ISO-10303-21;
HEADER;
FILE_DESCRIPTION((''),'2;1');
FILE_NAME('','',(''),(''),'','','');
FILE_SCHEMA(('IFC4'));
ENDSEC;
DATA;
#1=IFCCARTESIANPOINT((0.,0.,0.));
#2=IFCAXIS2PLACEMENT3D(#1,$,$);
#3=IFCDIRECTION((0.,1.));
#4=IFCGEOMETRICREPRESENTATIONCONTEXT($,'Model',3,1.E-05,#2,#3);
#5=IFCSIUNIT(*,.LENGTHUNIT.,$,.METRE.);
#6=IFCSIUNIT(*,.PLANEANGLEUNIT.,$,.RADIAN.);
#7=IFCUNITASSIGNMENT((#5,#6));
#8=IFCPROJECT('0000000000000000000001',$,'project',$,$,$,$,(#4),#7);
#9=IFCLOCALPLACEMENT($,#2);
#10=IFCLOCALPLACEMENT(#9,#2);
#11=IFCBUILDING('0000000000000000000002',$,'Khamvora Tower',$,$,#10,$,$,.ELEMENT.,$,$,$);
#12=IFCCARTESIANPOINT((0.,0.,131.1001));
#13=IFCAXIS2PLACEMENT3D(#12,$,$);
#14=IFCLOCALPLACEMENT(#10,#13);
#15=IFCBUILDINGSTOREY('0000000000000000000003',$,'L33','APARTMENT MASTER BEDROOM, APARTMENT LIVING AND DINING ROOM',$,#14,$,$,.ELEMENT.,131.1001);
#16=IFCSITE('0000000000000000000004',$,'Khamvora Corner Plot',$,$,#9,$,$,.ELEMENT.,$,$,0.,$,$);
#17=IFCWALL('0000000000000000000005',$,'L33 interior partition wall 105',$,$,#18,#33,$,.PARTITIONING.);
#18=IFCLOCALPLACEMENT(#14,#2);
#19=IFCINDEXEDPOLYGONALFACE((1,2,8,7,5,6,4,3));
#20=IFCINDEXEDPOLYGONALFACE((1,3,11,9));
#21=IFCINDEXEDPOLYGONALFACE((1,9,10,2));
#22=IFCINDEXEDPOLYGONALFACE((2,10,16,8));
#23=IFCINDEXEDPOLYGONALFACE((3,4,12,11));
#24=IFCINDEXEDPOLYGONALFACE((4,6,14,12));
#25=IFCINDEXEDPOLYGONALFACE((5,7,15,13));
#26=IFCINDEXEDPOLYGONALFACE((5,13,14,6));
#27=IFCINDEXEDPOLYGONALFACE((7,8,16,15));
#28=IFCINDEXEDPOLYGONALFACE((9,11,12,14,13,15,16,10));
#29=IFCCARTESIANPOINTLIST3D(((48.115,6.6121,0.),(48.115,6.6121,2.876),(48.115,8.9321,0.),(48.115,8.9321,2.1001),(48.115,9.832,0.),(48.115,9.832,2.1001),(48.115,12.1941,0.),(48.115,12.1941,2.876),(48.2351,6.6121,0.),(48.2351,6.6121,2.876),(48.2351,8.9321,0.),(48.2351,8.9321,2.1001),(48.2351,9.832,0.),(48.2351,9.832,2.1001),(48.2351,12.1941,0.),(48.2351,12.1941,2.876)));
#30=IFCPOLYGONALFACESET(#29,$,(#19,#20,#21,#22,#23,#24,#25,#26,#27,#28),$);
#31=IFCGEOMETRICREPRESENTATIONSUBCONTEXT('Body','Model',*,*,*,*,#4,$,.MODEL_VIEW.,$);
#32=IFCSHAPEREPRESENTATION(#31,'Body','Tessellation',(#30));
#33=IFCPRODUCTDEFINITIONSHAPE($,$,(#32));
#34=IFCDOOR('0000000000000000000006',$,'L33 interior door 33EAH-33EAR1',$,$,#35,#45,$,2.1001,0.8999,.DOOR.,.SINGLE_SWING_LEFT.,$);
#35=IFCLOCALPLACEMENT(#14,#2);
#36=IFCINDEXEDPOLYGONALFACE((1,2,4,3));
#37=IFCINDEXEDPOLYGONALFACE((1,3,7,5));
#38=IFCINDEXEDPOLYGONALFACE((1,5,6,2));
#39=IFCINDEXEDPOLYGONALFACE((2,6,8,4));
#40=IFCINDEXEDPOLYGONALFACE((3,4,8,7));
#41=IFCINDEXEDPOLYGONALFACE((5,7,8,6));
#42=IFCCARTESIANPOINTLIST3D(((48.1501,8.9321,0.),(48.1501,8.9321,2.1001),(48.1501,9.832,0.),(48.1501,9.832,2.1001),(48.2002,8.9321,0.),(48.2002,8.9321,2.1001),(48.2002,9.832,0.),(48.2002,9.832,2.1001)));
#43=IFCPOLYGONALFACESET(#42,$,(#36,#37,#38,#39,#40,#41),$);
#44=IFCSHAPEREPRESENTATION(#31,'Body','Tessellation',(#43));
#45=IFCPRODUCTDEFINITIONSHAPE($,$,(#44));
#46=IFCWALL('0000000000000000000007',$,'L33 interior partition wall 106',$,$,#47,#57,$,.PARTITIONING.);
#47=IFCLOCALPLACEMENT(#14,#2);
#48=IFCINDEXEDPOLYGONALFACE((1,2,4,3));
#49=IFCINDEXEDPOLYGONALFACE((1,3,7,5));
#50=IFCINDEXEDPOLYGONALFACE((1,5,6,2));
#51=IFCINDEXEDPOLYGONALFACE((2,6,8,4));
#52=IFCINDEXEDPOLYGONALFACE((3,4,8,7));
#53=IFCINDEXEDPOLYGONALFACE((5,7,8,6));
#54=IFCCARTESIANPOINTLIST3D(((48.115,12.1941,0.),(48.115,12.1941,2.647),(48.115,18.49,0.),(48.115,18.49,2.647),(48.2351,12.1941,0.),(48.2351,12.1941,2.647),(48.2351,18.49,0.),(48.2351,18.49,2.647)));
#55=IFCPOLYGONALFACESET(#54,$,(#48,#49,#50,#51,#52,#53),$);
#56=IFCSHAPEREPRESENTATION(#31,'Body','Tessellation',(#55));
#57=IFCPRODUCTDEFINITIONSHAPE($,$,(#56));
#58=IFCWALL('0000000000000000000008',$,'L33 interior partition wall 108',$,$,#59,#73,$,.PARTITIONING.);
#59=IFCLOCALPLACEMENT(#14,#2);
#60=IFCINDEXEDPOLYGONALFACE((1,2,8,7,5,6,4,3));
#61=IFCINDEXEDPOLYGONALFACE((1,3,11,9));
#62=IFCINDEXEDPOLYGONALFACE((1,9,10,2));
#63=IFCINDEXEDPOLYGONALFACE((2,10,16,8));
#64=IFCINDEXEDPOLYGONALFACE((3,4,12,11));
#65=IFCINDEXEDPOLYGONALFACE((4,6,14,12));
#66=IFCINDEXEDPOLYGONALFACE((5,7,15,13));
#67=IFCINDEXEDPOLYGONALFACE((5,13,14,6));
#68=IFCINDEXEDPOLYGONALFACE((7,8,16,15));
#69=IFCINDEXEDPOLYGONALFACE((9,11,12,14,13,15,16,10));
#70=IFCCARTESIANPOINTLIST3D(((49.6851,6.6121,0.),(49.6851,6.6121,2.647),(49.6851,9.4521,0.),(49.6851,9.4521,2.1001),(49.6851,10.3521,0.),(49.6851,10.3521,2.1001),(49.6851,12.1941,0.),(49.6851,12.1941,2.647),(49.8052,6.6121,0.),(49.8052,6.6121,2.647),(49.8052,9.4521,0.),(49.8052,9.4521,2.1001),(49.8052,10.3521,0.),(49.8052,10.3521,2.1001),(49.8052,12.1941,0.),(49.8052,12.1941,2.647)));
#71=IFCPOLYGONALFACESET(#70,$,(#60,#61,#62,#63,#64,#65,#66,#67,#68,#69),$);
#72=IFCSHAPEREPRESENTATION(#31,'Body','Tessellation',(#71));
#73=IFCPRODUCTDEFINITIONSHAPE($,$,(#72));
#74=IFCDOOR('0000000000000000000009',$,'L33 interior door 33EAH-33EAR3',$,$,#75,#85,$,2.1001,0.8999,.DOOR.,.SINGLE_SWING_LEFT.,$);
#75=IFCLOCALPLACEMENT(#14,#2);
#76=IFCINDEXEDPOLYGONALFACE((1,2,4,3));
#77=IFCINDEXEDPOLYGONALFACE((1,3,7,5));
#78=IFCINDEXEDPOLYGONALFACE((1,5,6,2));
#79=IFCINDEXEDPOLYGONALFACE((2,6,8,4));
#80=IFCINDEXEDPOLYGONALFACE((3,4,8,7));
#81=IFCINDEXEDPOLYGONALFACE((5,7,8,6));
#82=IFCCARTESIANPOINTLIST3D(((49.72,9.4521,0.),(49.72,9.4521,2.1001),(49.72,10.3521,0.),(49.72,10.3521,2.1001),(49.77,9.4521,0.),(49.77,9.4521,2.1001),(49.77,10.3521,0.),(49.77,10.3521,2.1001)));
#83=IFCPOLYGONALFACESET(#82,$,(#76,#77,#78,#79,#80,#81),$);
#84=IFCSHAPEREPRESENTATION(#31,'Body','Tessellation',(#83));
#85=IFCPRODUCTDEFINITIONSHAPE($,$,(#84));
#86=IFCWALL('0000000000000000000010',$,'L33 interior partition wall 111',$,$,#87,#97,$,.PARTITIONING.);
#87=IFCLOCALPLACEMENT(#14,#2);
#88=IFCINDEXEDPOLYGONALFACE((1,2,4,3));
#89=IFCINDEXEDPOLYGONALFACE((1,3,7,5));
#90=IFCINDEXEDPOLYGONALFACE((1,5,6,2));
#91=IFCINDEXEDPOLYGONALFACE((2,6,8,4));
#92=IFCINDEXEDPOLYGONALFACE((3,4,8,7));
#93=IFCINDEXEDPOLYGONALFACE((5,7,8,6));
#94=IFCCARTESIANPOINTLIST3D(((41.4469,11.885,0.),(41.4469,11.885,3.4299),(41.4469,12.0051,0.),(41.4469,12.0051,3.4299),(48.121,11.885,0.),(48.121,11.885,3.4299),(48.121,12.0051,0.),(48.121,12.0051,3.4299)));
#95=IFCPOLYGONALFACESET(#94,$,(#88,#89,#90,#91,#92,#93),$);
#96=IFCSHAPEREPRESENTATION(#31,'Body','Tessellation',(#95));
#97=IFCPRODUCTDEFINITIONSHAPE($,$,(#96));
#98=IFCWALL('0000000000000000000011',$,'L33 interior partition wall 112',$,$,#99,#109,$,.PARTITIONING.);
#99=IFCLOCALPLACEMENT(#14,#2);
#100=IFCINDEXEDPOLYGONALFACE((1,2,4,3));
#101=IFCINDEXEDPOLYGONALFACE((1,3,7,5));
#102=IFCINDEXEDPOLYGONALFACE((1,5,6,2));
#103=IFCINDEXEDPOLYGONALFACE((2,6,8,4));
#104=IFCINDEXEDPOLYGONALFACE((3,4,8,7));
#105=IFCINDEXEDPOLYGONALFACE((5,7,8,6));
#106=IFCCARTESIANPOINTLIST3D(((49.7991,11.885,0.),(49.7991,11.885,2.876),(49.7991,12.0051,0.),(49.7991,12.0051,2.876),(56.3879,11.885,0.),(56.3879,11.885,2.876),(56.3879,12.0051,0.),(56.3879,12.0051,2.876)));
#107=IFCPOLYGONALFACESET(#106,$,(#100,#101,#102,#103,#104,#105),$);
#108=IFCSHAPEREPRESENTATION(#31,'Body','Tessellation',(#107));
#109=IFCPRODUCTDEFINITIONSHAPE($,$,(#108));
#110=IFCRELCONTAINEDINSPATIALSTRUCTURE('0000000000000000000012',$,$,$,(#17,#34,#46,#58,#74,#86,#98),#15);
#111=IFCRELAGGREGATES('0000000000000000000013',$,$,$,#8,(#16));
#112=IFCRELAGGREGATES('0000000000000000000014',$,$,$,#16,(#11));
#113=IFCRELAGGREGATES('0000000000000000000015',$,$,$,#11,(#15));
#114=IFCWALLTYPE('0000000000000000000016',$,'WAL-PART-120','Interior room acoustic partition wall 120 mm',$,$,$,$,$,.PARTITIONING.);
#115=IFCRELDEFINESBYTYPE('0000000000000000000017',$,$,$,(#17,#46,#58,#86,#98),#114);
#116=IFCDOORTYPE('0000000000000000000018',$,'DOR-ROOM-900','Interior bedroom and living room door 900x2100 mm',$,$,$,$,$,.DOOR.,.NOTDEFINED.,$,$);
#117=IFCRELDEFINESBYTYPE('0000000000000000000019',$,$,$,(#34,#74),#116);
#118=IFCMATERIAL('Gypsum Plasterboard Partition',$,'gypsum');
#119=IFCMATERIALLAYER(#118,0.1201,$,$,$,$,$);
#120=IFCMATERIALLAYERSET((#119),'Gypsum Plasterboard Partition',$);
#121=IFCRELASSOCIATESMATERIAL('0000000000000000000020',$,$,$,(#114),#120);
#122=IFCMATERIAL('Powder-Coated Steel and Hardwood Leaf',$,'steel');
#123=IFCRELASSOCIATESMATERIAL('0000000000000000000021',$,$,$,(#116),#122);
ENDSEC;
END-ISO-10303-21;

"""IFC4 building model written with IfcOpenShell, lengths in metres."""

from ifc_helpers import new_model, si_unit, direction, frame, frame_2d, origin, place, context, subcontext, project, spatial, rectangle, extrude, material, layer, layer_set, type_object, element, fill, save


model = new_model("IFC4")

# Units and contexts
model_context = context("Model", 3, precision=1e-05, world=origin(), true_north=direction((0.0, 1.0)))
body_context = subcontext(model_context, "Body", "Model", "MODEL_VIEW")
ifc_project = project(units=[si_unit("LENGTHUNIT", "METRE"), si_unit("PLANEANGLEUNIT", "RADIAN")], contexts=[model_context])

# Site, building, storey
site_placement = place(None, origin())
site = spatial("IfcSite", under=ifc_project, at=site_placement, Name="Khamvora Corner Plot", CompositionType="ELEMENT", RefElevation=0.0)
building_placement = place(site_placement, origin())
building = spatial("IfcBuilding", under=site, at=building_placement, Name="Khamvora Tower", CompositionType="ELEMENT")
storey_placement = place(building_placement, frame((0.0, 0.0, 131.1001)))
storey = spatial("IfcBuildingStorey", under=building, at=storey_placement, Name="L33", Description="APARTMENT MASTER BEDROOM, APARTMENT LIVING AND DINING ROOM", CompositionType="ELEMENT", Elevation=131.1001)

# Wall, opening, door
ifc_material_1 = material(Name="Gypsum Plasterboard Partition", Category="gypsum")
ifc_layer_1 = layer(ifc_material_1, 0.1201)
ifc_layer_set_1 = layer_set([ifc_layer_1], Name="Gypsum Plasterboard Partition")
wall_type_1 = type_object("IfcWallType", Name="WAL-PART-120", Description="Interior room acoustic partition wall 120 mm", PredefinedType="PARTITIONING", material=ifc_layer_set_1)
ifc_material_2 = material(Name="Powder-Coated Steel and Hardwood Leaf", Category="steel")
door_type = type_object("IfcDoorType", Name="DOR-ROOM-900", Description="Interior bedroom and living room door 900x2100 mm", OperationType="NOTDEFINED", PredefinedType="DOOR", material=ifc_material_2)
wall_1_placement = place(storey_placement, frame((48.175, 6.6121, 0.0), z_axis=(0.0, 0.0, 1.0), x_axis=(0.0, 1.0, 0.0)))
wall_1 = element("IfcWall", 1, at=wall_1_placement, inside=storey, type_object=wall_type_1, Name="L33 interior partition wall 105", PredefinedType="PARTITIONING", context=body_context, shape_type="SweptSolid", body=[
    extrude(rectangle(XDim=5.582, YDim=0.1201, at=frame_2d((2.791, 0.0))), origin(), (0.0, 0.0, 1.0), 2.876),
])
opening_1_placement = place(wall_1_placement, frame((2.3201, 0.0, 0.0)))
opening_1 = element("IfcOpeningElement", 2, at=opening_1_placement, cuts=wall_1, PredefinedType="OPENING", context=body_context, shape_type="SweptSolid", body=[
    extrude(rectangle(XDim=0.8999, YDim=2.1001, at=frame_2d((0.45, 1.05))), frame((0.0, 0.0701, 0.0), z_axis=(0.0, -1.0, 0.0), x_axis=(1.0, 0.0, 0.0)), (0.0, 0.0, 1.0), 0.1401),
])
door_1_placement = place(opening_1_placement, origin())
door_1 = element("IfcDoor", 3, at=door_1_placement, inside=storey, type_object=door_type, Name="L33 interior door 33EAH-33EAR1", OperationType="SINGLE_SWING_LEFT", OverallHeight=2.1001, OverallWidth=0.8999, PredefinedType="DOOR", context=body_context, shape_type="SweptSolid", body=[
    extrude(rectangle(XDim=0.8999, YDim=2.1001, at=frame_2d((0.45, 1.05))), frame((0.0, 0.0249, 0.0), z_axis=(0.0, -1.0, 0.0), x_axis=(1.0, 0.0, 0.0)), (0.0, 0.0, 1.0), 0.05),
])
fill(opening_1, door_1)

# Wall
wall_2_placement = place(storey_placement, frame((48.175, 12.1941, 0.0), z_axis=(0.0, 0.0, 1.0), x_axis=(0.0, 1.0, 0.0)))
element("IfcWall", 4, at=wall_2_placement, inside=storey, type_object=wall_type_1, Name="L33 interior partition wall 106", PredefinedType="PARTITIONING", context=body_context, shape_type="SweptSolid", body=[
    extrude(rectangle(XDim=6.2959, YDim=0.1201, at=frame_2d((3.1479, 0.0))), origin(), (0.0, 0.0, 1.0), 2.647),
])

# Wall, opening, door
wall_3_placement = place(storey_placement, frame((49.7451, 12.1941, 0.0), z_axis=(0.0, 0.0, 1.0), x_axis=(0.0, -1.0, 0.0)))
wall_3 = element("IfcWall", 5, at=wall_3_placement, inside=storey, type_object=wall_type_1, Name="L33 interior partition wall 108", PredefinedType="PARTITIONING", context=body_context, shape_type="SweptSolid", body=[
    extrude(rectangle(XDim=5.582, YDim=0.1201, at=frame_2d((2.791, 0.0))), origin(), (0.0, 0.0, 1.0), 2.647),
])
opening_2_placement = place(wall_3_placement, frame((1.842, 0.0, 0.0)))
opening_2 = element("IfcOpeningElement", 6, at=opening_2_placement, cuts=wall_3, PredefinedType="OPENING", context=body_context, shape_type="SweptSolid", body=[
    extrude(rectangle(XDim=0.8999, YDim=2.1001, at=frame_2d((0.45, 1.05))), frame((0.0, 0.0701, 0.0), z_axis=(0.0, -1.0, 0.0), x_axis=(1.0, 0.0, 0.0)), (0.0, 0.0, 1.0), 0.1401),
])
door_2_placement = place(opening_2_placement, origin())
door_2 = element("IfcDoor", 7, at=door_2_placement, inside=storey, type_object=door_type, Name="L33 interior door 33EAH-33EAR3", OperationType="SINGLE_SWING_LEFT", OverallHeight=2.1001, OverallWidth=0.8999, PredefinedType="DOOR", context=body_context, shape_type="SweptSolid", body=[
    extrude(rectangle(XDim=0.8999, YDim=2.1001, at=frame_2d((0.45, 1.05))), frame((0.0, 0.0249, 0.0), z_axis=(0.0, -1.0, 0.0), x_axis=(1.0, 0.0, 0.0)), (0.0, 0.0, 1.0), 0.05),
])
fill(opening_2, door_2)

# Walls
wall_4_placement = place(storey_placement, frame((41.447, 11.9451, 0.0), z_axis=(0.0, 0.0, 1.0), x_axis=(1.0, 0.0, 0.0)))
element("IfcWall", 8, at=wall_4_placement, inside=storey, type_object=wall_type_1, Name="L33 interior partition wall 111", PredefinedType="PARTITIONING", context=body_context, shape_type="SweptSolid", body=[
    extrude(rectangle(XDim=6.6741, YDim=0.1201, at=frame_2d((3.3369, 0.0))), origin(), (0.0, 0.0, 1.0), 3.4299),
])
wall_5_placement = place(storey_placement, frame((49.7991, 11.9451, 0.0), z_axis=(0.0, 0.0, 1.0), x_axis=(1.0, 0.0, 0.0)))
element("IfcWall", 9, at=wall_5_placement, inside=storey, type_object=wall_type_1, Name="L33 interior partition wall 112", PredefinedType="PARTITIONING", context=body_context, shape_type="SweptSolid", body=[
    extrude(rectangle(XDim=6.5889, YDim=0.1201, at=frame_2d((3.2944, 0.0))), origin(), (0.0, 0.0, 1.0), 2.876),
])

save(model, "model.ifc")
